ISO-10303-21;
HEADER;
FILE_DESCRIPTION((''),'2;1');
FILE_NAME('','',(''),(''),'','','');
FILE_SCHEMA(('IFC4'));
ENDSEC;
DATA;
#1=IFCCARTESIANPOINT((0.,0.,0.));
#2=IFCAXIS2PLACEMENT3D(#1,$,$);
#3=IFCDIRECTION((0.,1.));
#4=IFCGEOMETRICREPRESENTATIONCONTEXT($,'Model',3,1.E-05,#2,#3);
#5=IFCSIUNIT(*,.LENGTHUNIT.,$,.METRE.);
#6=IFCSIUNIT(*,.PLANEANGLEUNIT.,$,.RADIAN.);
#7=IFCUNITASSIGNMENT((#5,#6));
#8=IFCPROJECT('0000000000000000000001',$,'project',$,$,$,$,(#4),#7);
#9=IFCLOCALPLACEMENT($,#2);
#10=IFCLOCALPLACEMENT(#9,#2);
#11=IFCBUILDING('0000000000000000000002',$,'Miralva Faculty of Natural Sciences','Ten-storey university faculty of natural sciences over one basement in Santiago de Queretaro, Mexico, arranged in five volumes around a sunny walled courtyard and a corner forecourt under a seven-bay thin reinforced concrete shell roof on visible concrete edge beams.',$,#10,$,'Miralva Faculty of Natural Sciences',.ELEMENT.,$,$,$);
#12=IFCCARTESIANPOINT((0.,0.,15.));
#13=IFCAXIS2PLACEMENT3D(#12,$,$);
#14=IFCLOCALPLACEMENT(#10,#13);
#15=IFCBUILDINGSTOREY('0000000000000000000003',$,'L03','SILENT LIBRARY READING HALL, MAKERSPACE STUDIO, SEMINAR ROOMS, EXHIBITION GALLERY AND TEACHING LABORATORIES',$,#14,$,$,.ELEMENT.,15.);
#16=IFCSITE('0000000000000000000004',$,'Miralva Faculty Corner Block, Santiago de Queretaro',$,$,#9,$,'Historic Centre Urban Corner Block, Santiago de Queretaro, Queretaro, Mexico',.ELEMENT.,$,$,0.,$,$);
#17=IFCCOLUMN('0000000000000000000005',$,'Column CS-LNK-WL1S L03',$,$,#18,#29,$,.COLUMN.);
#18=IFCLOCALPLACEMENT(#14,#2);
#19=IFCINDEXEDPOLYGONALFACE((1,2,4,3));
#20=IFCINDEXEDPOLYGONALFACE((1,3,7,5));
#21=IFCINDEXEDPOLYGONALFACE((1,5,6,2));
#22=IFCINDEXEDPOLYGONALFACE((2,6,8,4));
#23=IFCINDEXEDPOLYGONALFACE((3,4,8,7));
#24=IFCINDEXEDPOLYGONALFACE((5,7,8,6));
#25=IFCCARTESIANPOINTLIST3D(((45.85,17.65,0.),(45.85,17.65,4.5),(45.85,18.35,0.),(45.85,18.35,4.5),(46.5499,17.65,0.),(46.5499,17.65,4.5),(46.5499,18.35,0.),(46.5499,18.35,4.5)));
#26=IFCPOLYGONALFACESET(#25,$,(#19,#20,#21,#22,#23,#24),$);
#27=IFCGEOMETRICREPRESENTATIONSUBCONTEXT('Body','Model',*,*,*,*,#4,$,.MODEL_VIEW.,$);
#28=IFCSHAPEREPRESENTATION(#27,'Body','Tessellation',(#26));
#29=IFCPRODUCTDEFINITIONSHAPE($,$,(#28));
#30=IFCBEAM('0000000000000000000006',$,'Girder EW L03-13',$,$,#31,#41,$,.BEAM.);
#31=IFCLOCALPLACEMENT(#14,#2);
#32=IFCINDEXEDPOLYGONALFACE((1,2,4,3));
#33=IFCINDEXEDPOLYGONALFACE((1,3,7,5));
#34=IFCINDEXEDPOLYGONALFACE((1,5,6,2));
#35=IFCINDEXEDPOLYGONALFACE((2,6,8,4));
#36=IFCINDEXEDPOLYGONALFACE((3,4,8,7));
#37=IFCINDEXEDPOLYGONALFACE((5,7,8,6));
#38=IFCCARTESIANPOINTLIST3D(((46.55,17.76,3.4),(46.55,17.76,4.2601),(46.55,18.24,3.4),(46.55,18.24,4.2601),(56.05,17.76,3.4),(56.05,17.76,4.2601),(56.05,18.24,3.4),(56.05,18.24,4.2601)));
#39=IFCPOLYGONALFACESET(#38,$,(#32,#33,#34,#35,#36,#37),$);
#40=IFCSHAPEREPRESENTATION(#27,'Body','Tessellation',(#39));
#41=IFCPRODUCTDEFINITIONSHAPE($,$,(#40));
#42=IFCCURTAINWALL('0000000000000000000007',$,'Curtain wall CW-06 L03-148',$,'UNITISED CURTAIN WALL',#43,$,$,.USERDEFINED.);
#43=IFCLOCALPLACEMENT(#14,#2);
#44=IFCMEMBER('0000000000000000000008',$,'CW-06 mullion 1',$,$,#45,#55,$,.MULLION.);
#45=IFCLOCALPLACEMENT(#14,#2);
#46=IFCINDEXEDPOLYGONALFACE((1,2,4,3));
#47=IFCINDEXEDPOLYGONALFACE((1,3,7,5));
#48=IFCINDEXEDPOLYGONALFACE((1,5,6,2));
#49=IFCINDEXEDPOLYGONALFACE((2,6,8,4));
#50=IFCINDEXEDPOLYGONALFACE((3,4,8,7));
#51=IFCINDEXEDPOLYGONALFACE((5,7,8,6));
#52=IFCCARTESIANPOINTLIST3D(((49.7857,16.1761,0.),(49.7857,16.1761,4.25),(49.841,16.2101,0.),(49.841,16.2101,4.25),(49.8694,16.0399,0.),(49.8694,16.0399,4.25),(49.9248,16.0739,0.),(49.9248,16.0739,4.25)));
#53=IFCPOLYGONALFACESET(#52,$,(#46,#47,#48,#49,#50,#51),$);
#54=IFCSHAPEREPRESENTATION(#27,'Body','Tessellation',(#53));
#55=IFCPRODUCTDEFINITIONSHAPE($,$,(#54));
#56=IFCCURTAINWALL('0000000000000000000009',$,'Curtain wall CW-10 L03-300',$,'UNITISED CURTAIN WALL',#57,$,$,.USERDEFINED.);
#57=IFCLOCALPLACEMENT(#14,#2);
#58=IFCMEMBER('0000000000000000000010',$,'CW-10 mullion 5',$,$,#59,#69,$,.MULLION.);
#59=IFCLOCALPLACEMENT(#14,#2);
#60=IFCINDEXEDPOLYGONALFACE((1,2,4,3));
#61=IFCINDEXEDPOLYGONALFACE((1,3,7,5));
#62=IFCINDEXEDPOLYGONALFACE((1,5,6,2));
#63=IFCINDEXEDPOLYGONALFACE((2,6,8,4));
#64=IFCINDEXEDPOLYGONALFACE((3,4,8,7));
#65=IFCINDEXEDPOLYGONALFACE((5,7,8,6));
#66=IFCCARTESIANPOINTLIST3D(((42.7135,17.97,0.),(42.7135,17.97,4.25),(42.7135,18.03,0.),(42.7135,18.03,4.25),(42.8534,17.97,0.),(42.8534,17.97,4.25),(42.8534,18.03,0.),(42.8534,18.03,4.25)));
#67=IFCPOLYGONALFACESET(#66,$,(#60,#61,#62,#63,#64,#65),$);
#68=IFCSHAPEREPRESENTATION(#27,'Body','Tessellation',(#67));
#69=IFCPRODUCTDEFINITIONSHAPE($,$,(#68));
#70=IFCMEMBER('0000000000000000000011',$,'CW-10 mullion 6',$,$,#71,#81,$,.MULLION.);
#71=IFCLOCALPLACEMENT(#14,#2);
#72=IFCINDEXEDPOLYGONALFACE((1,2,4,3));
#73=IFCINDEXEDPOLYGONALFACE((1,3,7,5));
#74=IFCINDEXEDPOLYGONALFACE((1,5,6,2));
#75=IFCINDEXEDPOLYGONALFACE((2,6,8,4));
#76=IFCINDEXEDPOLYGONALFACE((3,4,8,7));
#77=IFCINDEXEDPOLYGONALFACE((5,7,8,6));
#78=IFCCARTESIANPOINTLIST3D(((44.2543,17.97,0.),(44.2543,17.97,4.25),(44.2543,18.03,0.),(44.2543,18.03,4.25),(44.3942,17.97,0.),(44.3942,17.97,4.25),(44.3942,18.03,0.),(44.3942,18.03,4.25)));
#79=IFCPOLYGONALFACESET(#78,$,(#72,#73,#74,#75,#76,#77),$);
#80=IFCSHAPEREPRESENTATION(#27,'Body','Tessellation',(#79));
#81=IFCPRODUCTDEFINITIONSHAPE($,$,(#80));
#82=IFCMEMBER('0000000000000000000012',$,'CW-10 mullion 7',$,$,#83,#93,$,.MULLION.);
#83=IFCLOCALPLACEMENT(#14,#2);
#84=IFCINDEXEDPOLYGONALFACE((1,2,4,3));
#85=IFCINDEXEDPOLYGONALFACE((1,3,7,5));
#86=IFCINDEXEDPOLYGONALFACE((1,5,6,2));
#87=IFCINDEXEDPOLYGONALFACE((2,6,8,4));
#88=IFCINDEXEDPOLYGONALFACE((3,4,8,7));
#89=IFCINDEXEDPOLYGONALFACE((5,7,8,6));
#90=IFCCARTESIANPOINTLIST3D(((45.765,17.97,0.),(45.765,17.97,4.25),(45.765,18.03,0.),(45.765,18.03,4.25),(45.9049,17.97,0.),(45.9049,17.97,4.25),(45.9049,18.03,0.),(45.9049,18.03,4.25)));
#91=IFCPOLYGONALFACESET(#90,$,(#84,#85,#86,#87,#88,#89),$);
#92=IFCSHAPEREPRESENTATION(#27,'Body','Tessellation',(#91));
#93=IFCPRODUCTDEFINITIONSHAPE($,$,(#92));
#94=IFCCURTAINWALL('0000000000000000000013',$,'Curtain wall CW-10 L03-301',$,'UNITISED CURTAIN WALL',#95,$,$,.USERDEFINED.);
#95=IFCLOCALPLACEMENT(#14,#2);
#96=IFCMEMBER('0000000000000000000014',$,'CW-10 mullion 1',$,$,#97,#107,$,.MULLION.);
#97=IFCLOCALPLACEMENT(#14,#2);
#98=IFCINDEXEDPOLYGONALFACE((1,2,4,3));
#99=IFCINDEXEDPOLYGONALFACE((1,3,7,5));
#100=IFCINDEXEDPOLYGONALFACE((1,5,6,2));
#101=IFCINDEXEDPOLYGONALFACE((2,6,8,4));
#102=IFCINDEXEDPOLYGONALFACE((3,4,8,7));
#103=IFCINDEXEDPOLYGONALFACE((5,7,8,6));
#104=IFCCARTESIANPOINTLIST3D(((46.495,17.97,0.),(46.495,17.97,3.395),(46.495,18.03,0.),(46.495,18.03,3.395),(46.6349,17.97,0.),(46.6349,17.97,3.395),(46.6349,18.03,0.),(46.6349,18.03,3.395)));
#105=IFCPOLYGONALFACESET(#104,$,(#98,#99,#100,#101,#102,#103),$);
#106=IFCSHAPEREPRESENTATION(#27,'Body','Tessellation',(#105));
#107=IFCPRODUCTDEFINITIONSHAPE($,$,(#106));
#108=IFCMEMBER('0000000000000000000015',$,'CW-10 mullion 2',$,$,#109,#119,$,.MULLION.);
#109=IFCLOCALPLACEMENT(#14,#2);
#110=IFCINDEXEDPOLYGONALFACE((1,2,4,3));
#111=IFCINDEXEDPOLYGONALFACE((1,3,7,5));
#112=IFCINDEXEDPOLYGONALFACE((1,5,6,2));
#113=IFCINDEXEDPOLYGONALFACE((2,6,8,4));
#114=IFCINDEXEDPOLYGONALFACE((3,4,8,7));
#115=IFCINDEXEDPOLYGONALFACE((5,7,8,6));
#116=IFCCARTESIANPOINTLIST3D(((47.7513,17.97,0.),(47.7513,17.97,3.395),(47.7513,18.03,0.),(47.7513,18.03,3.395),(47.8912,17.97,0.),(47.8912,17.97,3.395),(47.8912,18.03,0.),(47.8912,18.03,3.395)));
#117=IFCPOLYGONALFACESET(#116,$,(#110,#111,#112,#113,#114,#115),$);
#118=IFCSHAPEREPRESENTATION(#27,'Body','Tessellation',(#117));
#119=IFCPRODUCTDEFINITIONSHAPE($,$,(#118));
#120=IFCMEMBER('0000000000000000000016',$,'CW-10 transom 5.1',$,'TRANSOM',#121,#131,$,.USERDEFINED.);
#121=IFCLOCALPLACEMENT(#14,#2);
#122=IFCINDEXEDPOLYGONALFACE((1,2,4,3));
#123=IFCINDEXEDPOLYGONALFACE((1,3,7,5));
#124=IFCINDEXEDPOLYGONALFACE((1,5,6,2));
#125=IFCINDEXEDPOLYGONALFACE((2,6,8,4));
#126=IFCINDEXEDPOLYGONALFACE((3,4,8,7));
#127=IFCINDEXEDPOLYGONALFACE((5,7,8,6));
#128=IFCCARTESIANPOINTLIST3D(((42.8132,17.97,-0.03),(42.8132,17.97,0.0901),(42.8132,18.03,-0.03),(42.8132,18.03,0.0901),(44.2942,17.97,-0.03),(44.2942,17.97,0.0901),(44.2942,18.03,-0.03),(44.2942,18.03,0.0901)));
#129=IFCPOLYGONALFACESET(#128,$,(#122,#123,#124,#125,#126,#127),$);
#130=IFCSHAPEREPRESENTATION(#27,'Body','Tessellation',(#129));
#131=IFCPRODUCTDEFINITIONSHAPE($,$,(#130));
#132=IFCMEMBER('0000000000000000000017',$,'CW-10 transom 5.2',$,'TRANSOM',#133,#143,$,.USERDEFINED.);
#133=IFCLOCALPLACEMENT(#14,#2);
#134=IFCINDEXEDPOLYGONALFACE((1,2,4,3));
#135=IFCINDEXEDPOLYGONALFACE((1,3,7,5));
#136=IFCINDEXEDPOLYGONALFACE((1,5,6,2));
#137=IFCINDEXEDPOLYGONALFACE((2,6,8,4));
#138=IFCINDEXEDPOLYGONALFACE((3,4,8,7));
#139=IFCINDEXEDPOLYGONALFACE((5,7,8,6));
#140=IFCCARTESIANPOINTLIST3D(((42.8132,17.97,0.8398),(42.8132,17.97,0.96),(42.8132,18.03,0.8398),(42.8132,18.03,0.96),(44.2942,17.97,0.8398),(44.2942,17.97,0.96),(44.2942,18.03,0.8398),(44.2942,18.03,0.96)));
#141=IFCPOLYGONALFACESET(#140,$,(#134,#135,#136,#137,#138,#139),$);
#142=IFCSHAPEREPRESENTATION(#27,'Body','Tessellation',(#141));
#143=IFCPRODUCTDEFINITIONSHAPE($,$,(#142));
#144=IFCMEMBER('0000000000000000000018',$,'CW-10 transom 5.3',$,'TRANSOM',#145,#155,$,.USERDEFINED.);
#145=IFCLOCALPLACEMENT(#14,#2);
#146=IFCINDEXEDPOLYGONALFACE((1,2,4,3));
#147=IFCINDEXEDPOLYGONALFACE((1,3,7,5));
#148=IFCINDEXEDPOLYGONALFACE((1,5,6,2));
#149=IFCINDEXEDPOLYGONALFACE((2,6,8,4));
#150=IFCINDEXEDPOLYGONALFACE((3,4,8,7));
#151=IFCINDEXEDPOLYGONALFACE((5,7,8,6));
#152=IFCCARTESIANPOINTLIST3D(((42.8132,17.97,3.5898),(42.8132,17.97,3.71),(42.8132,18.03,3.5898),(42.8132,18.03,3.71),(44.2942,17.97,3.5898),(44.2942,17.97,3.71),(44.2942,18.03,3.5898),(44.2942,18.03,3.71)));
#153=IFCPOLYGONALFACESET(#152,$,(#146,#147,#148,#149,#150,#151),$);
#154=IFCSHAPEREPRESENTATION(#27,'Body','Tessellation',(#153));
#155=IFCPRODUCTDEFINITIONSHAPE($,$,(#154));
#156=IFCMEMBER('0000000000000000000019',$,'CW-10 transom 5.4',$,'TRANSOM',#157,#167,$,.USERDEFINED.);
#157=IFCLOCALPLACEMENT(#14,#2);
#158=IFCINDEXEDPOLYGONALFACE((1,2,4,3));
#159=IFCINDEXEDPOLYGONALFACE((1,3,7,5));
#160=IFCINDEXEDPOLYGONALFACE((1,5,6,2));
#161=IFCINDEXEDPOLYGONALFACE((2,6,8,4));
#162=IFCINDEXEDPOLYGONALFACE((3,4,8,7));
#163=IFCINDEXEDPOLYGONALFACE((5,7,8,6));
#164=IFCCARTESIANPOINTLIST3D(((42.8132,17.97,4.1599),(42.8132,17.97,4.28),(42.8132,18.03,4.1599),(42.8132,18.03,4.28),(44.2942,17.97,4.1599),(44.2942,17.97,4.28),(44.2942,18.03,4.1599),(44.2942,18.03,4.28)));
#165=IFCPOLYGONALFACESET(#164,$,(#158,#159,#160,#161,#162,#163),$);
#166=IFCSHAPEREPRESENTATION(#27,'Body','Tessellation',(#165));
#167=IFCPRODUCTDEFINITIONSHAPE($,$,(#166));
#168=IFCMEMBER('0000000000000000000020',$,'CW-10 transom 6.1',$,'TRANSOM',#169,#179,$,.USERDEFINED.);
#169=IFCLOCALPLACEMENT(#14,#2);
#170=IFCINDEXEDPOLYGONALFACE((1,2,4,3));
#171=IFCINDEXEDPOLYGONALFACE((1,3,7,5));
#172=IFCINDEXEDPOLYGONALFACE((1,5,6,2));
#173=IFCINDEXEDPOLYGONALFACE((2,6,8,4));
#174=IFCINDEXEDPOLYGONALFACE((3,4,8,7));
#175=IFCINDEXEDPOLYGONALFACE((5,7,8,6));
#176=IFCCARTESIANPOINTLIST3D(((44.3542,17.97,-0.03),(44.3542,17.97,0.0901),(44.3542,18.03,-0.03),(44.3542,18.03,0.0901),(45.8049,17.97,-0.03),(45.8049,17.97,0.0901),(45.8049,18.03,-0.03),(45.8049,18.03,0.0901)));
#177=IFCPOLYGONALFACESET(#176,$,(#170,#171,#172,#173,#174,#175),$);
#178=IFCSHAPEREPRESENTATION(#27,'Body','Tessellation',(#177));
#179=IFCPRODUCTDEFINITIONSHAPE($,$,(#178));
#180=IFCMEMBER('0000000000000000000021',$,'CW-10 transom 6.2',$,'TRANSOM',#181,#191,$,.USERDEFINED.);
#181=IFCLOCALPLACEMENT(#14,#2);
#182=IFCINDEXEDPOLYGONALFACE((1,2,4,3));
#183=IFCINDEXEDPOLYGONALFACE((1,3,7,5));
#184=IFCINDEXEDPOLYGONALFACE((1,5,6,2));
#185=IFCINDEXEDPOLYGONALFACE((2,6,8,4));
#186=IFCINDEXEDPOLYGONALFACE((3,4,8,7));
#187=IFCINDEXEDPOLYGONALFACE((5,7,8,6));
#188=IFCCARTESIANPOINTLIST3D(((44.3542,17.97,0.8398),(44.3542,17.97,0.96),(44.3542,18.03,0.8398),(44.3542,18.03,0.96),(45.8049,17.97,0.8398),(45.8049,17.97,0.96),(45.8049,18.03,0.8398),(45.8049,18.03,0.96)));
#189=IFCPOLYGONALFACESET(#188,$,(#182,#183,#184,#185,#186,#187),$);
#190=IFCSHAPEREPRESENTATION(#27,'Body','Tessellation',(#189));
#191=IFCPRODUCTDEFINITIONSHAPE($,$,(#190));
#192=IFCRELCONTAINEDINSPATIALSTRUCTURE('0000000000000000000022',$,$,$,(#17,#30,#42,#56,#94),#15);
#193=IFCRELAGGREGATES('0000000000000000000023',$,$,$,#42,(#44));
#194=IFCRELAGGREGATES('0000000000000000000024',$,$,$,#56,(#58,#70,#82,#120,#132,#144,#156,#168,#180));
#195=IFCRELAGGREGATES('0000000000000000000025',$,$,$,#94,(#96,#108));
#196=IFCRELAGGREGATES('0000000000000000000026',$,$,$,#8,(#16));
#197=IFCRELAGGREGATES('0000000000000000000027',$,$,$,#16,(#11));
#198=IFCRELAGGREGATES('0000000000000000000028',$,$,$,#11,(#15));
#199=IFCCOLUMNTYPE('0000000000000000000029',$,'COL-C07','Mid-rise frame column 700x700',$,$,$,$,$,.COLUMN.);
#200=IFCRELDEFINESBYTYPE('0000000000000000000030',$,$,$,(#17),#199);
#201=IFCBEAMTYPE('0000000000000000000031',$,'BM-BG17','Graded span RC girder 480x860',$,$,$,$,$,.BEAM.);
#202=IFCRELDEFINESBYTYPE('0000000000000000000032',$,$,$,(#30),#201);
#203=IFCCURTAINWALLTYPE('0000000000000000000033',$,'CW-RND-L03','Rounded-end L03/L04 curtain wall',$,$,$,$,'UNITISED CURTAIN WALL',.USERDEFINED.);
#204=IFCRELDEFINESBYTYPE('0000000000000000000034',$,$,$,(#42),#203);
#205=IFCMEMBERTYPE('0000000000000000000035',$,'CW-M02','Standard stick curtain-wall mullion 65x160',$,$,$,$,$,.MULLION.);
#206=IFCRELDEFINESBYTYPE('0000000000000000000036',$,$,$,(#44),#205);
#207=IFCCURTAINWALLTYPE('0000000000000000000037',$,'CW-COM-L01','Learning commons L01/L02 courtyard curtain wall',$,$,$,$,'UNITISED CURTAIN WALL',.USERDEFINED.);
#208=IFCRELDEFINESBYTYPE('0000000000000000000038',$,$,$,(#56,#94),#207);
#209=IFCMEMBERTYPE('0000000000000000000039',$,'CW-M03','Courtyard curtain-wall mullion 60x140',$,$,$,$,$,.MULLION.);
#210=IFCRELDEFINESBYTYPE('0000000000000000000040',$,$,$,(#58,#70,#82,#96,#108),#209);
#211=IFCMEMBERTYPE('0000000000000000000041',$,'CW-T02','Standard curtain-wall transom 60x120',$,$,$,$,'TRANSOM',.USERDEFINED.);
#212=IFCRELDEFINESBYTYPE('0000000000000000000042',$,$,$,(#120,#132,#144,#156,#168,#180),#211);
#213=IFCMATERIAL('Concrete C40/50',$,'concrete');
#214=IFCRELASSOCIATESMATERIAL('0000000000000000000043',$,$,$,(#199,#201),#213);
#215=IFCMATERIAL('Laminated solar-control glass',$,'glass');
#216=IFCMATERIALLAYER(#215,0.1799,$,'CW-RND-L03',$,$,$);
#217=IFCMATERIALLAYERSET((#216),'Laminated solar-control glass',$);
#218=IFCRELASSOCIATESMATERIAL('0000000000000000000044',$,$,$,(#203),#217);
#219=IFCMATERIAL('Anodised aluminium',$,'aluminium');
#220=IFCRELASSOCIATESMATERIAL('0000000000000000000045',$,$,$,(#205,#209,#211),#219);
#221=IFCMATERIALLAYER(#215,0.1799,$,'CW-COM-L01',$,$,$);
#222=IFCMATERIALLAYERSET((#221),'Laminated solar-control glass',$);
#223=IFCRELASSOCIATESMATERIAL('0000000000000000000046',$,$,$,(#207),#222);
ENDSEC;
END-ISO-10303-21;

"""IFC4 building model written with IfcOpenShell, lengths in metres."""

from ifc_helpers import new_model, si_unit, direction, frame, origin, origin_2d, place, context, subcontext, project, spatial, rectangle, extrude, material, layer, layer_set, material_profile, profile_set, type_object, element, aggregate, save


model = new_model("IFC4")

# Units and contexts
model_context = context("Model", 3, precision=1e-05, world=origin(), true_north=direction((0.0, 1.0)))
body_context = subcontext(model_context, "Body", "Model", "MODEL_VIEW")
ifc_project = project(units=[si_unit("LENGTHUNIT", "METRE"), si_unit("PLANEANGLEUNIT", "RADIAN")], contexts=[model_context])

# Site, building, storey
site_placement = place(None, origin())
site = spatial("IfcSite", under=ifc_project, at=site_placement, Name="Miralva Faculty Corner Block, Santiago de Queretaro", LongName="Historic Centre Urban Corner Block, Santiago de Queretaro, Queretaro, Mexico", CompositionType="ELEMENT", RefElevation=0.0)
building_placement = place(site_placement, origin())
building = spatial("IfcBuilding", under=site, at=building_placement, Name="Miralva Faculty of Natural Sciences", Description="Ten-storey university faculty of natural sciences over one basement in Santiago de Queretaro, Mexico, arranged in five volumes around a sunny walled courtyard and a corner forecourt under a seven-bay thin reinforced concrete shell roof on visible concrete edge beams.", LongName="Miralva Faculty of Natural Sciences", CompositionType="ELEMENT")
storey_placement = place(building_placement, frame((0.0, 0.0, 15.0)))
storey = spatial("IfcBuildingStorey", under=building, at=storey_placement, Name="L03", Description="SILENT LIBRARY READING HALL, MAKERSPACE STUDIO, SEMINAR ROOMS, EXHIBITION GALLERY AND TEACHING LABORATORIES", CompositionType="ELEMENT", Elevation=15.0)

# Column
ifc_material_1 = material(Name="Concrete C40/50", Category="concrete")
ifc_material_profile_1 = material_profile(ifc_material_1, rectangle(XDim=0.7, YDim=0.7, at=origin_2d()), Name="RC 700x700")
ifc_profile_set_1 = profile_set([ifc_material_profile_1], Name="Concrete C40/50")
column_type = type_object("IfcColumnType", Name="COL-C07", Description="Mid-rise frame column 700x700", PredefinedType="COLUMN", material=ifc_profile_set_1)
column_placement = place(storey_placement, frame((46.2, 18.0, 0.0), z_axis=(0.0, 0.0, 1.0), x_axis=(1.0, 0.0, 0.0)))
element("IfcColumn", 1, at=column_placement, inside=storey, type_object=column_type, Name="Column CS-LNK-WL1S L03", PredefinedType="COLUMN", context=body_context, shape_type="SweptSolid", body=[
    extrude(rectangle(XDim=0.7, YDim=0.7, at=origin_2d()), origin(), (0.0, 0.0, 1.0), 4.5),
])

# Beam
ifc_material_profile_2 = material_profile(ifc_material_1, rectangle(XDim=0.48, YDim=0.8601, at=origin_2d()), Name="RC 480x860")
ifc_profile_set_2 = profile_set([ifc_material_profile_2], Name="Concrete C40/50")
beam_type = type_object("IfcBeamType", Name="BM-BG17", Description="Graded span RC girder 480x860", PredefinedType="BEAM", material=ifc_profile_set_2)
beam_placement = place(storey_placement, frame((46.55, 18.0, 3.8301), z_axis=(1.0, 0.0, 0.0), x_axis=(0.0, 1.0, 0.0)))
element("IfcBeam", 2, at=beam_placement, inside=storey, type_object=beam_type, Name="Girder EW L03-13", PredefinedType="BEAM", context=body_context, shape_type="SweptSolid", body=[
    extrude(rectangle(XDim=0.48, YDim=0.8601, at=origin_2d()), origin(), (0.0, 0.0, 1.0), 9.5),
])

# Curtain wall, member
ifc_material_2 = material(Name="Laminated solar-control glass", Category="glass")
ifc_layer_1 = layer(ifc_material_2, 0.1799, Name="CW-RND-L03")
ifc_layer_set_1 = layer_set([ifc_layer_1], Name="Laminated solar-control glass")
curtain_wall_type_1 = type_object("IfcCurtainWallType", Name="CW-RND-L03", Description="Rounded-end L03/L04 curtain wall", ElementType="UNITISED CURTAIN WALL", PredefinedType="USERDEFINED", material=ifc_layer_set_1)
curtain_wall_1_placement = place(storey_placement, origin())
curtain_wall_1 = element("IfcCurtainWall", 3, at=curtain_wall_1_placement, inside=storey, type_object=curtain_wall_type_1, Name="Curtain wall CW-06 L03-148", ObjectType="UNITISED CURTAIN WALL", PredefinedType="USERDEFINED")
ifc_material_3 = material(Name="Anodised aluminium", Category="aluminium")
ifc_material_profile_3 = material_profile(ifc_material_3, rectangle(XDim=0.0649, YDim=0.1599, at=origin_2d()), Name="MULLION 65x160")
ifc_profile_set_3 = profile_set([ifc_material_profile_3], Name="Anodised aluminium")
member_type_1 = type_object("IfcMemberType", Name="CW-M02", Description="Standard stick curtain-wall mullion 65x160", PredefinedType="MULLION", material=ifc_profile_set_3)
member_1_placement = place(storey_placement, frame((49.8552, 16.125, 0.0), z_axis=(0.0, 0.0, 1.0), x_axis=(0.851995, 0.523551, 0.0)))
member_1 = element("IfcMember", 4, at=member_1_placement, type_object=member_type_1, Name="CW-06 mullion 1", PredefinedType="MULLION", context=body_context, shape_type="SweptSolid", body=[
    extrude(rectangle(XDim=0.0649, YDim=0.1599, at=origin_2d()), origin(), (0.0, 0.0, 1.0), 4.25),
])
aggregate(curtain_wall_1, [member_1])

# Curtain walls, members
ifc_layer_2 = layer(ifc_material_2, 0.1799, Name="CW-COM-L01")
ifc_layer_set_2 = layer_set([ifc_layer_2], Name="Laminated solar-control glass")
curtain_wall_type_2 = type_object("IfcCurtainWallType", Name="CW-COM-L01", Description="Learning commons L01/L02 courtyard curtain wall", ElementType="UNITISED CURTAIN WALL", PredefinedType="USERDEFINED", material=ifc_layer_set_2)
curtain_wall_2_placement = place(storey_placement, origin())
curtain_wall_2 = element("IfcCurtainWall", 5, at=curtain_wall_2_placement, inside=storey, type_object=curtain_wall_type_2, Name="Curtain wall CW-10 L03-300", ObjectType="UNITISED CURTAIN WALL", PredefinedType="USERDEFINED")
ifc_material_profile_4 = material_profile(ifc_material_3, rectangle(XDim=0.0601, YDim=0.1399, at=origin_2d()), Name="MULLION 60x140")
ifc_profile_set_4 = profile_set([ifc_material_profile_4], Name="Anodised aluminium")
member_type_2 = type_object("IfcMemberType", Name="CW-M03", Description="Courtyard curtain-wall mullion 60x140", PredefinedType="MULLION", material=ifc_profile_set_4)
member_2_placement = place(storey_placement, frame((42.7834, 18.0, 0.0), z_axis=(0.0, 0.0, 1.0), x_axis=(0.0, 1.0, 0.0)))
member_2 = element("IfcMember", 6, at=member_2_placement, type_object=member_type_2, Name="CW-10 mullion 5", PredefinedType="MULLION", context=body_context, shape_type="SweptSolid", body=[
    extrude(rectangle(XDim=0.0601, YDim=0.1399, at=origin_2d()), origin(), (0.0, 0.0, 1.0), 4.25),
])
member_3_placement = place(storey_placement, frame((44.3242, 18.0, 0.0), z_axis=(0.0, 0.0, 1.0), x_axis=(0.0, 1.0, 0.0)))
member_3 = element("IfcMember", 7, at=member_3_placement, type_object=member_type_2, Name="CW-10 mullion 6", PredefinedType="MULLION", context=body_context, shape_type="SweptSolid", body=[
    extrude(rectangle(XDim=0.0601, YDim=0.1399, at=origin_2d()), origin(), (0.0, 0.0, 1.0), 4.25),
])
member_4_placement = place(storey_placement, frame((45.835, 18.0, 0.0), z_axis=(0.0, 0.0, 1.0), x_axis=(0.0, 1.0, 0.0)))
member_4 = element("IfcMember", 8, at=member_4_placement, type_object=member_type_2, Name="CW-10 mullion 7", PredefinedType="MULLION", context=body_context, shape_type="SweptSolid", body=[
    extrude(rectangle(XDim=0.0601, YDim=0.1399, at=origin_2d()), origin(), (0.0, 0.0, 1.0), 4.25),
])
curtain_wall_3_placement = place(storey_placement, origin())
curtain_wall_3 = element("IfcCurtainWall", 9, at=curtain_wall_3_placement, inside=storey, type_object=curtain_wall_type_2, Name="Curtain wall CW-10 L03-301", ObjectType="UNITISED CURTAIN WALL", PredefinedType="USERDEFINED")
member_5_placement = place(storey_placement, frame((46.5649, 18.0, 0.0), z_axis=(0.0, 0.0, 1.0), x_axis=(0.0, 1.0, 0.0)))
member_5 = element("IfcMember", 10, at=member_5_placement, type_object=member_type_2, Name="CW-10 mullion 1", PredefinedType="MULLION", context=body_context, shape_type="SweptSolid", body=[
    extrude(rectangle(XDim=0.0601, YDim=0.1399, at=origin_2d()), origin(), (0.0, 0.0, 1.0), 3.395),
])
member_6_placement = place(storey_placement, frame((47.8213, 18.0, 0.0), z_axis=(0.0, 0.0, 1.0), x_axis=(0.0, 1.0, 0.0)))
member_6 = element("IfcMember", 11, at=member_6_placement, type_object=member_type_2, Name="CW-10 mullion 2", PredefinedType="MULLION", context=body_context, shape_type="SweptSolid", body=[
    extrude(rectangle(XDim=0.0601, YDim=0.1399, at=origin_2d()), origin(), (0.0, 0.0, 1.0), 3.395),
])

# Members
ifc_material_profile_5 = material_profile(ifc_material_3, rectangle(XDim=0.0601, YDim=0.1201, at=origin_2d()), Name="TRANSOM 60x120")
ifc_profile_set_5 = profile_set([ifc_material_profile_5], Name="Anodised aluminium")
member_type_3 = type_object("IfcMemberType", Name="CW-T02", Description="Standard curtain-wall transom 60x120", ElementType="TRANSOM", PredefinedType="USERDEFINED", material=ifc_profile_set_5)
member_7_placement = place(storey_placement, frame((42.8132, 18.0, 0.03), z_axis=(1.0, 0.0, 0.0), x_axis=(0.0, 1.0, 0.0)))
member_7 = element("IfcMember", 12, at=member_7_placement, type_object=member_type_3, Name="CW-10 transom 5.1", ObjectType="TRANSOM", PredefinedType="USERDEFINED", context=body_context, shape_type="SweptSolid", body=[
    extrude(rectangle(XDim=0.0601, YDim=0.1201, at=origin_2d()), origin(), (0.0, 0.0, 1.0), 1.481),
])
member_8_placement = place(storey_placement, frame((42.8132, 18.0, 0.8999), z_axis=(1.0, 0.0, 0.0), x_axis=(0.0, 1.0, 0.0)))
member_8 = element("IfcMember", 13, at=member_8_placement, type_object=member_type_3, Name="CW-10 transom 5.2", ObjectType="TRANSOM", PredefinedType="USERDEFINED", context=body_context, shape_type="SweptSolid", body=[
    extrude(rectangle(XDim=0.0601, YDim=0.1201, at=origin_2d()), origin(), (0.0, 0.0, 1.0), 1.481),
])
member_9_placement = place(storey_placement, frame((42.8132, 18.0, 3.6499), z_axis=(1.0, 0.0, 0.0), x_axis=(0.0, 1.0, 0.0)))
member_9 = element("IfcMember", 14, at=member_9_placement, type_object=member_type_3, Name="CW-10 transom 5.3", ObjectType="TRANSOM", PredefinedType="USERDEFINED", context=body_context, shape_type="SweptSolid", body=[
    extrude(rectangle(XDim=0.0601, YDim=0.1201, at=origin_2d()), origin(), (0.0, 0.0, 1.0), 1.481),
])
member_10_placement = place(storey_placement, frame((42.8132, 18.0, 4.22), z_axis=(1.0, 0.0, 0.0), x_axis=(0.0, 1.0, 0.0)))
member_10 = element("IfcMember", 15, at=member_10_placement, type_object=member_type_3, Name="CW-10 transom 5.4", ObjectType="TRANSOM", PredefinedType="USERDEFINED", context=body_context, shape_type="SweptSolid", body=[
    extrude(rectangle(XDim=0.0601, YDim=0.1201, at=origin_2d()), origin(), (0.0, 0.0, 1.0), 1.481),
])
member_11_placement = place(storey_placement, frame((44.3542, 18.0, 0.03), z_axis=(1.0, 0.0, 0.0), x_axis=(0.0, 1.0, 0.0)))
member_11 = element("IfcMember", 16, at=member_11_placement, type_object=member_type_3, Name="CW-10 transom 6.1", ObjectType="TRANSOM", PredefinedType="USERDEFINED", context=body_context, shape_type="SweptSolid", body=[
    extrude(rectangle(XDim=0.0601, YDim=0.1201, at=origin_2d()), origin(), (0.0, 0.0, 1.0), 1.4507),
])
member_12_placement = place(storey_placement, frame((44.3542, 18.0, 0.8999), z_axis=(1.0, 0.0, 0.0), x_axis=(0.0, 1.0, 0.0)))
member_12 = element("IfcMember", 17, at=member_12_placement, type_object=member_type_3, Name="CW-10 transom 6.2", ObjectType="TRANSOM", PredefinedType="USERDEFINED", context=body_context, shape_type="SweptSolid", body=[
    extrude(rectangle(XDim=0.0601, YDim=0.1201, at=origin_2d()), origin(), (0.0, 0.0, 1.0), 1.4507),
])

aggregate(curtain_wall_2, [member_2, member_3, member_4, member_7, member_8, member_9, member_10, member_11, member_12])
aggregate(curtain_wall_3, [member_5, member_6])

save(model, "model.ifc")
